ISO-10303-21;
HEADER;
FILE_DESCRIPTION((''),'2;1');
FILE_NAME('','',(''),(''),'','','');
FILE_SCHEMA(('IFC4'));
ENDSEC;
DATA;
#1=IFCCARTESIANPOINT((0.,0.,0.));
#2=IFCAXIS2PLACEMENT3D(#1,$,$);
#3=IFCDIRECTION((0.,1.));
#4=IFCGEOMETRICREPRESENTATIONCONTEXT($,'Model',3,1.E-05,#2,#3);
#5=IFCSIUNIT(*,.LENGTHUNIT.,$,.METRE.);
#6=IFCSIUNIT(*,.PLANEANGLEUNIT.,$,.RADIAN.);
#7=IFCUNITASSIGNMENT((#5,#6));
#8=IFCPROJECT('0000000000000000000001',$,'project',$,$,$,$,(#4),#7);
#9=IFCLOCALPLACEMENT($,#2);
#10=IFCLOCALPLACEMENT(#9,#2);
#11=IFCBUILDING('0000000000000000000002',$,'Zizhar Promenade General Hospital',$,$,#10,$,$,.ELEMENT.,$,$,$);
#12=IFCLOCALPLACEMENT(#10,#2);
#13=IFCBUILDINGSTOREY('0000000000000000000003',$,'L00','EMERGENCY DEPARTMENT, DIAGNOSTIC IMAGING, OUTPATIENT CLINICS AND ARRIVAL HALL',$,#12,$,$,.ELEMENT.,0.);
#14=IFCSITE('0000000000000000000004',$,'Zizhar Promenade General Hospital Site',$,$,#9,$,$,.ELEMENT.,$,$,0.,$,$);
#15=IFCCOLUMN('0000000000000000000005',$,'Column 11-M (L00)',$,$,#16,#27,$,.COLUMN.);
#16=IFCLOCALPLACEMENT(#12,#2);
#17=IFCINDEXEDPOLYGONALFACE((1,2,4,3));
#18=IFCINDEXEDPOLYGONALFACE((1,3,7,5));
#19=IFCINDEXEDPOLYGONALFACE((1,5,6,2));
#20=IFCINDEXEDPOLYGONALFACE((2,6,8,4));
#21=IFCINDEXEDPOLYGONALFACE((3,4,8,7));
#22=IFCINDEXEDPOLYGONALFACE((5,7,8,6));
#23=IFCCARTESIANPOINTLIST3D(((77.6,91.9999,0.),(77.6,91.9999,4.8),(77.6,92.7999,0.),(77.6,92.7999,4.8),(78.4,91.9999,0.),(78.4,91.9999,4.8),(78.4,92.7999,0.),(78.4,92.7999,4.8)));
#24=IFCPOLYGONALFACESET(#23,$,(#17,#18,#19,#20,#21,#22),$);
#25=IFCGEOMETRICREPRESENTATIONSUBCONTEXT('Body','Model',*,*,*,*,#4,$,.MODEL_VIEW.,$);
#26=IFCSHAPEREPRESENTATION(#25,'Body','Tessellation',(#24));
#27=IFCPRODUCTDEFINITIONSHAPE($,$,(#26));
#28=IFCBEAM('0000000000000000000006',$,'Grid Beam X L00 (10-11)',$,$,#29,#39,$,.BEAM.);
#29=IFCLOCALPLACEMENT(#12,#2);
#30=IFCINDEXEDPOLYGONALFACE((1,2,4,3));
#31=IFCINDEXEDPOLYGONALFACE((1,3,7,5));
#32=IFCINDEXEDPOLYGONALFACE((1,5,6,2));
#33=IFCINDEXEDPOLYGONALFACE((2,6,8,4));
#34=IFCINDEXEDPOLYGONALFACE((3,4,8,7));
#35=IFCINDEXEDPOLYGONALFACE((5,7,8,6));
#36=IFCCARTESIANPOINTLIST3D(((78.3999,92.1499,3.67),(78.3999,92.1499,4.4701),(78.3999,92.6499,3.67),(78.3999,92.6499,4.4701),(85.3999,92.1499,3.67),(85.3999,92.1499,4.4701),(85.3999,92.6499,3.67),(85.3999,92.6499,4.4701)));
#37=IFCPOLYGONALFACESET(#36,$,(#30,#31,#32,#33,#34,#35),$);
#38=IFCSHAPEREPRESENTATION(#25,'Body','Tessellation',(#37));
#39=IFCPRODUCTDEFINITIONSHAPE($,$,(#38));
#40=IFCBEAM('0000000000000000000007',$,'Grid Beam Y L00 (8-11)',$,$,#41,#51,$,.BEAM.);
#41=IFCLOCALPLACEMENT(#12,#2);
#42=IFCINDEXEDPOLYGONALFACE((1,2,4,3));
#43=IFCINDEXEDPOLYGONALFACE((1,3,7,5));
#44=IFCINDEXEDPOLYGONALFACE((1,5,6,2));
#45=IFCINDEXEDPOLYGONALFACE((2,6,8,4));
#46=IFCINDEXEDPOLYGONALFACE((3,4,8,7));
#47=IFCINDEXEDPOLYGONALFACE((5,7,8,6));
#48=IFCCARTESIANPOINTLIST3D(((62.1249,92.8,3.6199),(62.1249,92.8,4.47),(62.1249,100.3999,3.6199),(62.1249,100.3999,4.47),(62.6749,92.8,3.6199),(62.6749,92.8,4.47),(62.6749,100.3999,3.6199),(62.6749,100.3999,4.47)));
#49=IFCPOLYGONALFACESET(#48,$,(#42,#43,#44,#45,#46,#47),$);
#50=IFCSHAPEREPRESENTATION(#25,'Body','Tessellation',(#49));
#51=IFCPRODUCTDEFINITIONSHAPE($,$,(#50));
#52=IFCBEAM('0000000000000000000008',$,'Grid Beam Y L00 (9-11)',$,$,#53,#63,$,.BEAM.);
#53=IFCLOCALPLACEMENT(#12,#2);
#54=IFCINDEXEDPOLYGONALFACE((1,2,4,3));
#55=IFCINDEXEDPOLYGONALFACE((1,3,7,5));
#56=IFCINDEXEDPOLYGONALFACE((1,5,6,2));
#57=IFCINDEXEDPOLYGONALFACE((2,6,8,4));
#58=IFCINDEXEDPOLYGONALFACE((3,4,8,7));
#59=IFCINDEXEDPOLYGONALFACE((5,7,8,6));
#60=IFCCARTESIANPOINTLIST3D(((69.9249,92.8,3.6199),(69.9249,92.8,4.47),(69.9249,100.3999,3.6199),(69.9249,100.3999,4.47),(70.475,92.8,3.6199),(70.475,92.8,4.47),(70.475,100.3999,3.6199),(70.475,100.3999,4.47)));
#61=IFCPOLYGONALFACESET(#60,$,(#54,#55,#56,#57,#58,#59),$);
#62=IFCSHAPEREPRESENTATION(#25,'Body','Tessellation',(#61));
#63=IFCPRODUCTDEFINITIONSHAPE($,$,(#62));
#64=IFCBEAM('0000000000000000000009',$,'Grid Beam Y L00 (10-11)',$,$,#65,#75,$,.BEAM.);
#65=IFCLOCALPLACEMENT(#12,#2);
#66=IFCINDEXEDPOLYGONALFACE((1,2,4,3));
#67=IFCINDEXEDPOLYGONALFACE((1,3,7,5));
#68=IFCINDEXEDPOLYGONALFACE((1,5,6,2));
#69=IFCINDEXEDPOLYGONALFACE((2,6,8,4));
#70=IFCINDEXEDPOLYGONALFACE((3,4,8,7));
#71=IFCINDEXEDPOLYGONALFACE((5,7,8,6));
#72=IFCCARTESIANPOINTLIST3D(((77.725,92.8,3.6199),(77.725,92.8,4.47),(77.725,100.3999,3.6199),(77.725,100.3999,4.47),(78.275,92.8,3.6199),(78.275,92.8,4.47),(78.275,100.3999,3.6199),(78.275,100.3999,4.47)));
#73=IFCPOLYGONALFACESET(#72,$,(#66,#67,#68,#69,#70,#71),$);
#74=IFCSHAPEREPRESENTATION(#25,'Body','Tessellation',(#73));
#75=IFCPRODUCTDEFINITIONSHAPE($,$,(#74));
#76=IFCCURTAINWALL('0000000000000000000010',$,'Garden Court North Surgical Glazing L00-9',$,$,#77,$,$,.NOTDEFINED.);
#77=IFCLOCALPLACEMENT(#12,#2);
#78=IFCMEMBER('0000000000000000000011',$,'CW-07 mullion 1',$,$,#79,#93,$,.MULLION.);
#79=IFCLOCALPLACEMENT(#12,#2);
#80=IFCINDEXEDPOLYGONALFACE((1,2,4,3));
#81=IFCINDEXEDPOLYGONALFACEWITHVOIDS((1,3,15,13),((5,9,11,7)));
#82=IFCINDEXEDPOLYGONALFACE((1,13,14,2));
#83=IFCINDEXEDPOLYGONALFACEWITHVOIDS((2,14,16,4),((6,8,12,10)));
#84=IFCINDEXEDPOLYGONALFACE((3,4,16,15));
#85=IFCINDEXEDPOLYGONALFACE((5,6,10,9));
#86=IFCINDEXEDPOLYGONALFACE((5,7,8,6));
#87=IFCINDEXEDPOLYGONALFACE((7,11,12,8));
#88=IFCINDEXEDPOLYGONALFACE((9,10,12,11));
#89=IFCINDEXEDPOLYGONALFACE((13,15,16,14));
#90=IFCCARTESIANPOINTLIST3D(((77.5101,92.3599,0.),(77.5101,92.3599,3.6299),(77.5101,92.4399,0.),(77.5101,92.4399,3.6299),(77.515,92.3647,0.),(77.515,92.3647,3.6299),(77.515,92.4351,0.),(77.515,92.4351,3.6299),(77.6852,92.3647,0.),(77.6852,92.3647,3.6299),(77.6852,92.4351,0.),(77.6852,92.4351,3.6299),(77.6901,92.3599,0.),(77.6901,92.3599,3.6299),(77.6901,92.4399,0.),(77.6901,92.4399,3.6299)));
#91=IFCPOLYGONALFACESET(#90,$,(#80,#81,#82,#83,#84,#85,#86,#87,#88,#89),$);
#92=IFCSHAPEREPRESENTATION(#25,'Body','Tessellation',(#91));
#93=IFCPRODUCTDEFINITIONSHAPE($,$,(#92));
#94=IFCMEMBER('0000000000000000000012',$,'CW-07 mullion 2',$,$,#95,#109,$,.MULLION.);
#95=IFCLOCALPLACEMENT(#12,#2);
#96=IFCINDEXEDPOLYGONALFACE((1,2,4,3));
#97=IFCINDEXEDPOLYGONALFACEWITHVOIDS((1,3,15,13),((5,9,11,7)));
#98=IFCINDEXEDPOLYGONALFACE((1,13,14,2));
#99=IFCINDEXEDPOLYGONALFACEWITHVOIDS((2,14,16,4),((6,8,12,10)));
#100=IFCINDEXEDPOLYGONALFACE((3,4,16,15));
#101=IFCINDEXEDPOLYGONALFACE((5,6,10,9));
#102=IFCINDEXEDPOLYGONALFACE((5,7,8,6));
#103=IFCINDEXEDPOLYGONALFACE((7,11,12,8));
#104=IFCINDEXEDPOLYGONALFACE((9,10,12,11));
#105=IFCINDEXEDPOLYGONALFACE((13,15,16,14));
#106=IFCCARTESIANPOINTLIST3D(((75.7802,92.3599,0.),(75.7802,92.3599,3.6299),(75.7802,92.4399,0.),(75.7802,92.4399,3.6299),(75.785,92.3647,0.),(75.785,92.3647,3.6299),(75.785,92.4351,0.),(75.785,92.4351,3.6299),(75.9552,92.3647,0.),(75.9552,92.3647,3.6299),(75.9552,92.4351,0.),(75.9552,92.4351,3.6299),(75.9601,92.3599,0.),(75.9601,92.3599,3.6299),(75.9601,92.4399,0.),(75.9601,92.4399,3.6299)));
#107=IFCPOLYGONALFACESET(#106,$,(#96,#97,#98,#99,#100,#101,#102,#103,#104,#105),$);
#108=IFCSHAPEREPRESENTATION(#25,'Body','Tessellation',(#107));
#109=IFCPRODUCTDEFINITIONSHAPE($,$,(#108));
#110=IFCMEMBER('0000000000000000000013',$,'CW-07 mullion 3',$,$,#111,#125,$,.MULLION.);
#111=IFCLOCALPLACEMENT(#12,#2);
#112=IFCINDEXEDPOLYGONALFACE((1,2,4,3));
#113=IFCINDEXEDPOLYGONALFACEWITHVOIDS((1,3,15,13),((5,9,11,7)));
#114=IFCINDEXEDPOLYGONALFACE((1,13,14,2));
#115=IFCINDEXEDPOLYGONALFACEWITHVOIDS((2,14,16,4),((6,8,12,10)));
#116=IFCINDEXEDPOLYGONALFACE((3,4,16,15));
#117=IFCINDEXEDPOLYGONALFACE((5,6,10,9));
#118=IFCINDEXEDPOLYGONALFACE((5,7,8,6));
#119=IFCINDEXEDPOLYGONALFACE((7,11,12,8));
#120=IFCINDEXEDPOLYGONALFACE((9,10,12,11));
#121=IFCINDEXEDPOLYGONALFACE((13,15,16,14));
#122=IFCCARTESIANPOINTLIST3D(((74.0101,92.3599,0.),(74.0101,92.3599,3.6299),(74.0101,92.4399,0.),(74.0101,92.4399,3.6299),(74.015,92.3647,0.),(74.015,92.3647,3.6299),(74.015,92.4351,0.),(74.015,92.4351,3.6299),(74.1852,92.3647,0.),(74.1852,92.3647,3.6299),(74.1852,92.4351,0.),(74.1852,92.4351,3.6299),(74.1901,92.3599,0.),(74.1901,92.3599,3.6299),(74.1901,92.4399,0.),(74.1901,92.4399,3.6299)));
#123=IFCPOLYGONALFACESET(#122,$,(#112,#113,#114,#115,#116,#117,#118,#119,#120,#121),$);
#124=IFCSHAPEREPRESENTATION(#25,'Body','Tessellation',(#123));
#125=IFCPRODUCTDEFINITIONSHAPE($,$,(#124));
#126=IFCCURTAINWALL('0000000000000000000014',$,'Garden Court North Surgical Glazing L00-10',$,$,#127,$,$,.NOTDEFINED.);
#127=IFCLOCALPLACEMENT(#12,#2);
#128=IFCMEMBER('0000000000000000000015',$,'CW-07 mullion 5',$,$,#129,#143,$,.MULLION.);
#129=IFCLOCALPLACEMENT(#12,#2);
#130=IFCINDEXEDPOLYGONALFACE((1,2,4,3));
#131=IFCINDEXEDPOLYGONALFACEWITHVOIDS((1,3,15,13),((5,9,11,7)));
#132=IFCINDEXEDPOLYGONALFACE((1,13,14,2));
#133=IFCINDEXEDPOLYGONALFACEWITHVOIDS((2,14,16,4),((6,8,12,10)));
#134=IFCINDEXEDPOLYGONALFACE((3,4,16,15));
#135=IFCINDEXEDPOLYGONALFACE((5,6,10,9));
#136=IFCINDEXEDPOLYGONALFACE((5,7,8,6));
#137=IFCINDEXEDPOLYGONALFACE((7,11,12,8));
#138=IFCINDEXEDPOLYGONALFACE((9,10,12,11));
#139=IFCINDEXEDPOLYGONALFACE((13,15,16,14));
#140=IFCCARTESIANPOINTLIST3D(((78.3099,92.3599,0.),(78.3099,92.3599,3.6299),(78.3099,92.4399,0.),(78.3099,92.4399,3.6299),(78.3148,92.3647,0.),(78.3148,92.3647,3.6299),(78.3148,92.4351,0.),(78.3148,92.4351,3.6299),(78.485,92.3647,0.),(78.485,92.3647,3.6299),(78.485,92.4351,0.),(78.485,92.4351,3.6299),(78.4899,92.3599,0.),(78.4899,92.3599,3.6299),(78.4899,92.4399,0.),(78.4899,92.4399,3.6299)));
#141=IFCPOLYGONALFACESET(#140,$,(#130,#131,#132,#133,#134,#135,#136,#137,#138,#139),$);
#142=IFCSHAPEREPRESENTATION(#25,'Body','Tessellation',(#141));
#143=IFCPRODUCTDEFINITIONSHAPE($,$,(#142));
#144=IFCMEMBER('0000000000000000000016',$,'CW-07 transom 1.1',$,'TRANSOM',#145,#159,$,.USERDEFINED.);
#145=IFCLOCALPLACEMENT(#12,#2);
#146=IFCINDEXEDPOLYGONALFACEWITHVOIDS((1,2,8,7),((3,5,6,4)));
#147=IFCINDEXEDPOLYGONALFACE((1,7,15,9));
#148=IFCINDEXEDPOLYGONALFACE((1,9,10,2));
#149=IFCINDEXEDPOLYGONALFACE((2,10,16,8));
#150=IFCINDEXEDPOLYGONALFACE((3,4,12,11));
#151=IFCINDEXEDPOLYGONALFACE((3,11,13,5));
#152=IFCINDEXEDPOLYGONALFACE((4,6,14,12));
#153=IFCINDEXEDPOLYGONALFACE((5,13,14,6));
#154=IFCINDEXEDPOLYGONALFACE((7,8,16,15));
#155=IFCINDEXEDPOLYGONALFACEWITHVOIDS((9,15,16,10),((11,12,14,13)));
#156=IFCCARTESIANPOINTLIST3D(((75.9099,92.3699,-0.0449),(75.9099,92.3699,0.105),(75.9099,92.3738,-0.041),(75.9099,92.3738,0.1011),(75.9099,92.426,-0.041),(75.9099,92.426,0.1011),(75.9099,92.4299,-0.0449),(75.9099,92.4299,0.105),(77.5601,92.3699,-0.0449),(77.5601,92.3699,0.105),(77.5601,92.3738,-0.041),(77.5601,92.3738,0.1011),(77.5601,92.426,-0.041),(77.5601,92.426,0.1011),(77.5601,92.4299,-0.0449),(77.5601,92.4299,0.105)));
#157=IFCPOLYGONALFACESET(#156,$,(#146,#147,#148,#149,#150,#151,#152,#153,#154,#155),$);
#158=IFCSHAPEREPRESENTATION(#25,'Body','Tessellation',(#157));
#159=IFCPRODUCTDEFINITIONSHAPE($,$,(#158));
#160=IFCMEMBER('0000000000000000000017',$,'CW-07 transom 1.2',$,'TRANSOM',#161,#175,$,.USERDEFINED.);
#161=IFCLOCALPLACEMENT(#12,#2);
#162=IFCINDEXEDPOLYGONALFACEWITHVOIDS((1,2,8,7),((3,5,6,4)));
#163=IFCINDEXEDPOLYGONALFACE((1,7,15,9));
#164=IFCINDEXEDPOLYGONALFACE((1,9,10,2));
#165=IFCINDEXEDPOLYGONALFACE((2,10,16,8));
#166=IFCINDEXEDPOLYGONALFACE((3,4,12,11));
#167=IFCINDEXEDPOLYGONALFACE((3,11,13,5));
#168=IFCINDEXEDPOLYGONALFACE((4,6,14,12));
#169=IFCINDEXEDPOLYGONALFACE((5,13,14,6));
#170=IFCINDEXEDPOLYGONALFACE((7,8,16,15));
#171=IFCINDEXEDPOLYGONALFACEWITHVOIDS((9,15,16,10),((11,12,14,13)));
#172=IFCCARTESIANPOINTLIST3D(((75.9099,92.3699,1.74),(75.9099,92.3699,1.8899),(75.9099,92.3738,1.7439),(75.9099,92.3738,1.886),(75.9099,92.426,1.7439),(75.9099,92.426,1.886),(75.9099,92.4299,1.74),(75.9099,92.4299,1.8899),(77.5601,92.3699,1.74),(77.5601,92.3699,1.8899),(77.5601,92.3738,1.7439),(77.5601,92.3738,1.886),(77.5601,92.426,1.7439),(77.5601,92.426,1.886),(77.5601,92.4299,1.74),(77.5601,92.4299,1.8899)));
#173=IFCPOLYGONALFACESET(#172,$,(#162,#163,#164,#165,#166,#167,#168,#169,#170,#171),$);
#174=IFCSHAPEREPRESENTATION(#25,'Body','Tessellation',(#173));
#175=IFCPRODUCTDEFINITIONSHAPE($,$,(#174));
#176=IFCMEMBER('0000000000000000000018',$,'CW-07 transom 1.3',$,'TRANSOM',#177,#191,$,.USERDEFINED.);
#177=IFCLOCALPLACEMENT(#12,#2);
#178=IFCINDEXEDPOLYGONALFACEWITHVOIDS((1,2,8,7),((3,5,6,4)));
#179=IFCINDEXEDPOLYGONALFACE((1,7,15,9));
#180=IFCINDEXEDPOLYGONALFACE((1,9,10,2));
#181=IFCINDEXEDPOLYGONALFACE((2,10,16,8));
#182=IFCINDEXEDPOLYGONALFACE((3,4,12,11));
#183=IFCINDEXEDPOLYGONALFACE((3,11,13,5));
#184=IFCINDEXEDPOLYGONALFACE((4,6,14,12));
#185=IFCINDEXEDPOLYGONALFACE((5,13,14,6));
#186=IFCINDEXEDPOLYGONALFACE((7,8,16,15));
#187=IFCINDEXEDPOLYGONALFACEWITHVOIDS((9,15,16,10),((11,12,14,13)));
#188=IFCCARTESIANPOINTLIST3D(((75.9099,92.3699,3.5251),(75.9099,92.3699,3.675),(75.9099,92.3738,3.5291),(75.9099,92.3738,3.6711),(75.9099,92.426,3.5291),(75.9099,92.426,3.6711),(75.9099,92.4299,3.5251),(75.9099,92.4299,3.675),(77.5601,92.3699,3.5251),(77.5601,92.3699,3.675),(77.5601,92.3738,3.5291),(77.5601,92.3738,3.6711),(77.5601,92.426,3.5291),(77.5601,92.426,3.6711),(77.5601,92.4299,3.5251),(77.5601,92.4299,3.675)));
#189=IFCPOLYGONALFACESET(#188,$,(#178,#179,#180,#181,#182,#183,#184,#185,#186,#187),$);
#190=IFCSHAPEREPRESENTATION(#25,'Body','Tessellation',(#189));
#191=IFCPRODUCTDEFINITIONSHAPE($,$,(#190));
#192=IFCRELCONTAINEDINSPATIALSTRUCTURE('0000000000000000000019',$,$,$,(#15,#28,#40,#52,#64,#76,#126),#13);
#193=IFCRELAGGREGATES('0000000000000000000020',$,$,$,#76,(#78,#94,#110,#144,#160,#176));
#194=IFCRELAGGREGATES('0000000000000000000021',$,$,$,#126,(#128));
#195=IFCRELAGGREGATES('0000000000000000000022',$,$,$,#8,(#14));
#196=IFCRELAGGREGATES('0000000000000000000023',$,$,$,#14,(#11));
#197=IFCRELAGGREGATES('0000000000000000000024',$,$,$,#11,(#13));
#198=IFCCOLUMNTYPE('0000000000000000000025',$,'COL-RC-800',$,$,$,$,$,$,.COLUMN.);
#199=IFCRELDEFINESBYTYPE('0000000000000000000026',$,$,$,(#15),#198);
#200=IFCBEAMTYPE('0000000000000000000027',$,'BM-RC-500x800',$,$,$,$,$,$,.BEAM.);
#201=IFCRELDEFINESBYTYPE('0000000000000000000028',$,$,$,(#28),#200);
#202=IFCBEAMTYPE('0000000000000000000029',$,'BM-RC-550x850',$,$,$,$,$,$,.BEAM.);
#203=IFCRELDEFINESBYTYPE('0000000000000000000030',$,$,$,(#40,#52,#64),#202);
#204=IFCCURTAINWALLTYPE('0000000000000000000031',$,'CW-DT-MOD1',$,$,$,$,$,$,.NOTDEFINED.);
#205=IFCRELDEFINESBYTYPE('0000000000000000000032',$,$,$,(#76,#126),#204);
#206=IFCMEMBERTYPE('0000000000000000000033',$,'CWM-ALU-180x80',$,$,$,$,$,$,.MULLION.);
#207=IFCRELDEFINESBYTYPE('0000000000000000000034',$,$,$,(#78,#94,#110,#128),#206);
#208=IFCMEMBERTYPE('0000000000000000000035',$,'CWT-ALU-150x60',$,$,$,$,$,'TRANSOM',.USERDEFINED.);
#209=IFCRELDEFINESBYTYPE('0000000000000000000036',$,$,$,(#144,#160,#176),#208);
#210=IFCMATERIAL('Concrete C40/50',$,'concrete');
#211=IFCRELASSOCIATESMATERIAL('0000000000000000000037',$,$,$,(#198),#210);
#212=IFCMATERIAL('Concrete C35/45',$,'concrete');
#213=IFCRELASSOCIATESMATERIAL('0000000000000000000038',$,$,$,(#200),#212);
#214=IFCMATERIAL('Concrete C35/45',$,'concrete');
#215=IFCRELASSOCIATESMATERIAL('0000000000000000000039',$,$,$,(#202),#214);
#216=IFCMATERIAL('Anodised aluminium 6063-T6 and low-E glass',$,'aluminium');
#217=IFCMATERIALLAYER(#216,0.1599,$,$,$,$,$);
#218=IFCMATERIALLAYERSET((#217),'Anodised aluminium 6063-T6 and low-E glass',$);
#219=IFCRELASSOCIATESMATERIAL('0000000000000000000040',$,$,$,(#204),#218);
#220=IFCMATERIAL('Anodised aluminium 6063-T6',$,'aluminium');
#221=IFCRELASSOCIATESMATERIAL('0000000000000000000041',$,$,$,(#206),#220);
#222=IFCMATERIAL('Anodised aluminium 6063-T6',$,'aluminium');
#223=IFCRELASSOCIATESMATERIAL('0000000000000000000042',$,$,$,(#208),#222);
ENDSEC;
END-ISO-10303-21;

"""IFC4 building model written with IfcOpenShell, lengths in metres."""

from ifc_helpers import new_model, si_unit, direction, frame, origin, origin_2d, place, context, subcontext, project, spatial, rectangle, hollow_rectangle, extrude, material, layer, layer_set, material_profile, profile_set, type_object, element, aggregate, save


model = new_model("IFC4")

# Units and contexts
model_context = context("Model", 3, precision=1e-05, world=origin(), true_north=direction((0.0, 1.0)))
body_context = subcontext(model_context, "Body", "Model", "MODEL_VIEW")
ifc_project = project(units=[si_unit("LENGTHUNIT", "METRE"), si_unit("PLANEANGLEUNIT", "RADIAN")], contexts=[model_context])

# Site, building, storey
site_placement = place(None, origin())
site = spatial("IfcSite", under=ifc_project, at=site_placement, Name="Zizhar Promenade General Hospital Site", CompositionType="ELEMENT", RefElevation=0.0)
building_placement = place(site_placement, origin())
building = spatial("IfcBuilding", under=site, at=building_placement, Name="Zizhar Promenade General Hospital", CompositionType="ELEMENT")
storey_placement = place(building_placement, origin())
storey = spatial("IfcBuildingStorey", under=building, at=storey_placement, Name="L00", Description="EMERGENCY DEPARTMENT, DIAGNOSTIC IMAGING, OUTPATIENT CLINICS AND ARRIVAL HALL", CompositionType="ELEMENT", Elevation=0.0)

# Column
ifc_material_1 = material(Name="Concrete C40/50", Category="concrete")
ifc_material_profile_1 = material_profile(ifc_material_1, rectangle(XDim=0.8, YDim=0.8, at=origin_2d()))
ifc_profile_set_1 = profile_set([ifc_material_profile_1], Name="Concrete C40/50")
column_type = type_object("IfcColumnType", Name="COL-RC-800", PredefinedType="COLUMN", material=ifc_profile_set_1)
column_placement = place(storey_placement, frame((78.0, 92.3999, 0.0), z_axis=(0.0, 0.0, 1.0), x_axis=(1.0, 0.0, 0.0)))
element("IfcColumn", 1, at=column_placement, inside=storey, type_object=column_type, Name="Column 11-M (L00)", PredefinedType="COLUMN", context=body_context, shape_type="SweptSolid", body=[
    extrude(rectangle(XDim=0.8, YDim=0.8, at=origin_2d()), origin(), (0.0, 0.0, 1.0), 4.8),
])

# Beams
ifc_material_2 = material(Name="Concrete C35/45", Category="concrete")
ifc_material_profile_2 = material_profile(ifc_material_2, rectangle(XDim=0.5, YDim=0.8, at=origin_2d()))
ifc_profile_set_2 = profile_set([ifc_material_profile_2], Name="Concrete C35/45")
beam_type_1 = type_object("IfcBeamType", Name="BM-RC-500x800", PredefinedType="BEAM", material=ifc_profile_set_2)
beam_placement = place(storey_placement, frame((78.3999, 92.3999, 4.0701), z_axis=(1.0, 0.0, 0.0), x_axis=(0.0, 1.0, 0.0)))
element("IfcBeam", 2, at=beam_placement, inside=storey, type_object=beam_type_1, Name="Grid Beam X L00 (10-11)", PredefinedType="BEAM", context=body_context, shape_type="SweptSolid", body=[
    extrude(rectangle(XDim=0.5, YDim=0.8, at=origin_2d()), origin(), (0.0, 0.0, 1.0), 7.0),
])
ifc_material_3 = material(Name="Concrete C35/45", Category="concrete")
ifc_material_profile_3 = material_profile(ifc_material_3, rectangle(XDim=0.55, YDim=0.8501, at=origin_2d()))
ifc_profile_set_3 = profile_set([ifc_material_profile_3], Name="Concrete C35/45")
beam_type_2 = type_object("IfcBeamType", Name="BM-RC-550x850", PredefinedType="BEAM", material=ifc_profile_set_3)
for number, where, z_axis, x_axis, name in (
    (3, (62.3999, 92.8, 4.0449), (0.0, 1.0, 0.0), (-1.0, 0.0, 0.0), "Grid Beam Y L00 (8-11)"),
    (4, (70.2, 92.8, 4.0449), (0.0, 1.0, 0.0), (-1.0, 0.0, 0.0), "Grid Beam Y L00 (9-11)"),
    (5, (78.0, 92.8, 4.0449), (0.0, 1.0, 0.0), (-1.0, 0.0, 0.0), "Grid Beam Y L00 (10-11)"),
):
    element("IfcBeam", number, at=place(storey_placement, frame(where, z_axis=z_axis, x_axis=x_axis)), inside=storey, type_object=beam_type_2, Name=name, PredefinedType="BEAM", context=body_context, shape_type="SweptSolid", body=[
        extrude(rectangle(XDim=0.55, YDim=0.8501, at=origin_2d()), origin(), (0.0, 0.0, 1.0), 7.5999),
    ])

# Curtain wall, members
ifc_material_4 = material(Name="Anodised aluminium 6063-T6 and low-E glass", Category="aluminium")
ifc_layer_1 = layer(ifc_material_4, 0.1599)
ifc_layer_set_1 = layer_set([ifc_layer_1], Name="Anodised aluminium 6063-T6 and low-E glass")
curtain_wall_type = type_object("IfcCurtainWallType", Name="CW-DT-MOD1", PredefinedType="NOTDEFINED", material=ifc_layer_set_1)
curtain_wall_1_placement = place(storey_placement, origin())
curtain_wall_1 = element("IfcCurtainWall", 6, at=curtain_wall_1_placement, inside=storey, type_object=curtain_wall_type, Name="Garden Court North Surgical Glazing L00-9", PredefinedType="NOTDEFINED")
ifc_material_5 = material(Name="Anodised aluminium 6063-T6", Category="aluminium")
ifc_material_profile_4 = material_profile(ifc_material_5, hollow_rectangle(XDim=0.0801, YDim=0.1799, WallThickness=0.0049, at=origin_2d()))
ifc_profile_set_4 = profile_set([ifc_material_profile_4], Name="Anodised aluminium 6063-T6")
member_type_1 = type_object("IfcMemberType", Name="CWM-ALU-180x80", PredefinedType="MULLION", material=ifc_profile_set_4)
member_1_placement = place(storey_placement, frame((77.6001, 92.3999, 0.0), z_axis=(0.0, 0.0, 1.0), x_axis=(0.0, -1.0, 0.0)))
member_1 = element("IfcMember", 7, at=member_1_placement, type_object=member_type_1, Name="CW-07 mullion 1", PredefinedType="MULLION", context=body_context, shape_type="SweptSolid", body=[
    extrude(hollow_rectangle(XDim=0.0801, YDim=0.1799, WallThickness=0.0049, at=origin_2d()), origin(), (0.0, 0.0, 1.0), 3.6299),
])
member_2_placement = place(storey_placement, frame((75.8701, 92.3999, 0.0), z_axis=(0.0, 0.0, 1.0), x_axis=(0.0, -1.0, 0.0)))
member_2 = element("IfcMember", 8, at=member_2_placement, type_object=member_type_1, Name="CW-07 mullion 2", PredefinedType="MULLION", context=body_context, shape_type="SweptSolid", body=[
    extrude(hollow_rectangle(XDim=0.0801, YDim=0.1799, WallThickness=0.0049, at=origin_2d()), origin(), (0.0, 0.0, 1.0), 3.6299),
])
member_3_placement = place(storey_placement, frame((74.1001, 92.3999, 0.0), z_axis=(0.0, 0.0, 1.0), x_axis=(0.0, -1.0, 0.0)))
member_3 = element("IfcMember", 9, at=member_3_placement, type_object=member_type_1, Name="CW-07 mullion 3", PredefinedType="MULLION", context=body_context, shape_type="SweptSolid", body=[
    extrude(hollow_rectangle(XDim=0.0801, YDim=0.1799, WallThickness=0.0049, at=origin_2d()), origin(), (0.0, 0.0, 1.0), 3.6299),
])

# Curtain wall, member
curtain_wall_2_placement = place(storey_placement, origin())
curtain_wall_2 = element("IfcCurtainWall", 10, at=curtain_wall_2_placement, inside=storey, type_object=curtain_wall_type, Name="Garden Court North Surgical Glazing L00-10", PredefinedType="NOTDEFINED")
member_4_placement = place(storey_placement, frame((78.3999, 92.3999, 0.0), z_axis=(0.0, 0.0, 1.0), x_axis=(0.0, -1.0, 0.0)))
member_4 = element("IfcMember", 11, at=member_4_placement, type_object=member_type_1, Name="CW-07 mullion 5", PredefinedType="MULLION", context=body_context, shape_type="SweptSolid", body=[
    extrude(hollow_rectangle(XDim=0.0801, YDim=0.1799, WallThickness=0.0049, at=origin_2d()), origin(), (0.0, 0.0, 1.0), 3.6299),
])

# Members
ifc_material_6 = material(Name="Anodised aluminium 6063-T6", Category="aluminium")
ifc_material_profile_5 = material_profile(ifc_material_6, hollow_rectangle(XDim=0.0601, YDim=0.1499, WallThickness=0.0039, at=origin_2d()))
ifc_profile_set_5 = profile_set([ifc_material_profile_5], Name="Anodised aluminium 6063-T6")
member_type_2 = type_object("IfcMemberType", Name="CWT-ALU-150x60", ElementType="TRANSOM", PredefinedType="USERDEFINED", material=ifc_profile_set_5)
member_5_placement = place(storey_placement, frame((77.5601, 92.3999, 0.03), z_axis=(-1.0, 0.0, 0.0), x_axis=(0.0, -1.0, 0.0)))
member_5 = element("IfcMember", 12, at=member_5_placement, type_object=member_type_2, Name="CW-07 transom 1.1", ObjectType="TRANSOM", PredefinedType="USERDEFINED", context=body_context, shape_type="SweptSolid", body=[
    extrude(hollow_rectangle(XDim=0.0601, YDim=0.1499, WallThickness=0.0039, at=origin_2d()), origin(), (0.0, 0.0, 1.0), 1.6501),
])
member_6_placement = place(storey_placement, frame((77.5601, 92.3999, 1.8149), z_axis=(-1.0, 0.0, 0.0), x_axis=(0.0, -1.0, 0.0)))
member_6 = element("IfcMember", 13, at=member_6_placement, type_object=member_type_2, Name="CW-07 transom 1.2", ObjectType="TRANSOM", PredefinedType="USERDEFINED", context=body_context, shape_type="SweptSolid", body=[
    extrude(hollow_rectangle(XDim=0.0601, YDim=0.1499, WallThickness=0.0039, at=origin_2d()), origin(), (0.0, 0.0, 1.0), 1.6501),
])
member_7_placement = place(storey_placement, frame((77.5601, 92.3999, 3.6001), z_axis=(-1.0, 0.0, 0.0), x_axis=(0.0, -1.0, 0.0)))
member_7 = element("IfcMember", 14, at=member_7_placement, type_object=member_type_2, Name="CW-07 transom 1.3", ObjectType="TRANSOM", PredefinedType="USERDEFINED", context=body_context, shape_type="SweptSolid", body=[
    extrude(hollow_rectangle(XDim=0.0601, YDim=0.1499, WallThickness=0.0039, at=origin_2d()), origin(), (0.0, 0.0, 1.0), 1.6501),
])

aggregate(curtain_wall_1, [member_1, member_2, member_3, member_5, member_6, member_7])
aggregate(curtain_wall_2, [member_4])

save(model, "model.ifc")
